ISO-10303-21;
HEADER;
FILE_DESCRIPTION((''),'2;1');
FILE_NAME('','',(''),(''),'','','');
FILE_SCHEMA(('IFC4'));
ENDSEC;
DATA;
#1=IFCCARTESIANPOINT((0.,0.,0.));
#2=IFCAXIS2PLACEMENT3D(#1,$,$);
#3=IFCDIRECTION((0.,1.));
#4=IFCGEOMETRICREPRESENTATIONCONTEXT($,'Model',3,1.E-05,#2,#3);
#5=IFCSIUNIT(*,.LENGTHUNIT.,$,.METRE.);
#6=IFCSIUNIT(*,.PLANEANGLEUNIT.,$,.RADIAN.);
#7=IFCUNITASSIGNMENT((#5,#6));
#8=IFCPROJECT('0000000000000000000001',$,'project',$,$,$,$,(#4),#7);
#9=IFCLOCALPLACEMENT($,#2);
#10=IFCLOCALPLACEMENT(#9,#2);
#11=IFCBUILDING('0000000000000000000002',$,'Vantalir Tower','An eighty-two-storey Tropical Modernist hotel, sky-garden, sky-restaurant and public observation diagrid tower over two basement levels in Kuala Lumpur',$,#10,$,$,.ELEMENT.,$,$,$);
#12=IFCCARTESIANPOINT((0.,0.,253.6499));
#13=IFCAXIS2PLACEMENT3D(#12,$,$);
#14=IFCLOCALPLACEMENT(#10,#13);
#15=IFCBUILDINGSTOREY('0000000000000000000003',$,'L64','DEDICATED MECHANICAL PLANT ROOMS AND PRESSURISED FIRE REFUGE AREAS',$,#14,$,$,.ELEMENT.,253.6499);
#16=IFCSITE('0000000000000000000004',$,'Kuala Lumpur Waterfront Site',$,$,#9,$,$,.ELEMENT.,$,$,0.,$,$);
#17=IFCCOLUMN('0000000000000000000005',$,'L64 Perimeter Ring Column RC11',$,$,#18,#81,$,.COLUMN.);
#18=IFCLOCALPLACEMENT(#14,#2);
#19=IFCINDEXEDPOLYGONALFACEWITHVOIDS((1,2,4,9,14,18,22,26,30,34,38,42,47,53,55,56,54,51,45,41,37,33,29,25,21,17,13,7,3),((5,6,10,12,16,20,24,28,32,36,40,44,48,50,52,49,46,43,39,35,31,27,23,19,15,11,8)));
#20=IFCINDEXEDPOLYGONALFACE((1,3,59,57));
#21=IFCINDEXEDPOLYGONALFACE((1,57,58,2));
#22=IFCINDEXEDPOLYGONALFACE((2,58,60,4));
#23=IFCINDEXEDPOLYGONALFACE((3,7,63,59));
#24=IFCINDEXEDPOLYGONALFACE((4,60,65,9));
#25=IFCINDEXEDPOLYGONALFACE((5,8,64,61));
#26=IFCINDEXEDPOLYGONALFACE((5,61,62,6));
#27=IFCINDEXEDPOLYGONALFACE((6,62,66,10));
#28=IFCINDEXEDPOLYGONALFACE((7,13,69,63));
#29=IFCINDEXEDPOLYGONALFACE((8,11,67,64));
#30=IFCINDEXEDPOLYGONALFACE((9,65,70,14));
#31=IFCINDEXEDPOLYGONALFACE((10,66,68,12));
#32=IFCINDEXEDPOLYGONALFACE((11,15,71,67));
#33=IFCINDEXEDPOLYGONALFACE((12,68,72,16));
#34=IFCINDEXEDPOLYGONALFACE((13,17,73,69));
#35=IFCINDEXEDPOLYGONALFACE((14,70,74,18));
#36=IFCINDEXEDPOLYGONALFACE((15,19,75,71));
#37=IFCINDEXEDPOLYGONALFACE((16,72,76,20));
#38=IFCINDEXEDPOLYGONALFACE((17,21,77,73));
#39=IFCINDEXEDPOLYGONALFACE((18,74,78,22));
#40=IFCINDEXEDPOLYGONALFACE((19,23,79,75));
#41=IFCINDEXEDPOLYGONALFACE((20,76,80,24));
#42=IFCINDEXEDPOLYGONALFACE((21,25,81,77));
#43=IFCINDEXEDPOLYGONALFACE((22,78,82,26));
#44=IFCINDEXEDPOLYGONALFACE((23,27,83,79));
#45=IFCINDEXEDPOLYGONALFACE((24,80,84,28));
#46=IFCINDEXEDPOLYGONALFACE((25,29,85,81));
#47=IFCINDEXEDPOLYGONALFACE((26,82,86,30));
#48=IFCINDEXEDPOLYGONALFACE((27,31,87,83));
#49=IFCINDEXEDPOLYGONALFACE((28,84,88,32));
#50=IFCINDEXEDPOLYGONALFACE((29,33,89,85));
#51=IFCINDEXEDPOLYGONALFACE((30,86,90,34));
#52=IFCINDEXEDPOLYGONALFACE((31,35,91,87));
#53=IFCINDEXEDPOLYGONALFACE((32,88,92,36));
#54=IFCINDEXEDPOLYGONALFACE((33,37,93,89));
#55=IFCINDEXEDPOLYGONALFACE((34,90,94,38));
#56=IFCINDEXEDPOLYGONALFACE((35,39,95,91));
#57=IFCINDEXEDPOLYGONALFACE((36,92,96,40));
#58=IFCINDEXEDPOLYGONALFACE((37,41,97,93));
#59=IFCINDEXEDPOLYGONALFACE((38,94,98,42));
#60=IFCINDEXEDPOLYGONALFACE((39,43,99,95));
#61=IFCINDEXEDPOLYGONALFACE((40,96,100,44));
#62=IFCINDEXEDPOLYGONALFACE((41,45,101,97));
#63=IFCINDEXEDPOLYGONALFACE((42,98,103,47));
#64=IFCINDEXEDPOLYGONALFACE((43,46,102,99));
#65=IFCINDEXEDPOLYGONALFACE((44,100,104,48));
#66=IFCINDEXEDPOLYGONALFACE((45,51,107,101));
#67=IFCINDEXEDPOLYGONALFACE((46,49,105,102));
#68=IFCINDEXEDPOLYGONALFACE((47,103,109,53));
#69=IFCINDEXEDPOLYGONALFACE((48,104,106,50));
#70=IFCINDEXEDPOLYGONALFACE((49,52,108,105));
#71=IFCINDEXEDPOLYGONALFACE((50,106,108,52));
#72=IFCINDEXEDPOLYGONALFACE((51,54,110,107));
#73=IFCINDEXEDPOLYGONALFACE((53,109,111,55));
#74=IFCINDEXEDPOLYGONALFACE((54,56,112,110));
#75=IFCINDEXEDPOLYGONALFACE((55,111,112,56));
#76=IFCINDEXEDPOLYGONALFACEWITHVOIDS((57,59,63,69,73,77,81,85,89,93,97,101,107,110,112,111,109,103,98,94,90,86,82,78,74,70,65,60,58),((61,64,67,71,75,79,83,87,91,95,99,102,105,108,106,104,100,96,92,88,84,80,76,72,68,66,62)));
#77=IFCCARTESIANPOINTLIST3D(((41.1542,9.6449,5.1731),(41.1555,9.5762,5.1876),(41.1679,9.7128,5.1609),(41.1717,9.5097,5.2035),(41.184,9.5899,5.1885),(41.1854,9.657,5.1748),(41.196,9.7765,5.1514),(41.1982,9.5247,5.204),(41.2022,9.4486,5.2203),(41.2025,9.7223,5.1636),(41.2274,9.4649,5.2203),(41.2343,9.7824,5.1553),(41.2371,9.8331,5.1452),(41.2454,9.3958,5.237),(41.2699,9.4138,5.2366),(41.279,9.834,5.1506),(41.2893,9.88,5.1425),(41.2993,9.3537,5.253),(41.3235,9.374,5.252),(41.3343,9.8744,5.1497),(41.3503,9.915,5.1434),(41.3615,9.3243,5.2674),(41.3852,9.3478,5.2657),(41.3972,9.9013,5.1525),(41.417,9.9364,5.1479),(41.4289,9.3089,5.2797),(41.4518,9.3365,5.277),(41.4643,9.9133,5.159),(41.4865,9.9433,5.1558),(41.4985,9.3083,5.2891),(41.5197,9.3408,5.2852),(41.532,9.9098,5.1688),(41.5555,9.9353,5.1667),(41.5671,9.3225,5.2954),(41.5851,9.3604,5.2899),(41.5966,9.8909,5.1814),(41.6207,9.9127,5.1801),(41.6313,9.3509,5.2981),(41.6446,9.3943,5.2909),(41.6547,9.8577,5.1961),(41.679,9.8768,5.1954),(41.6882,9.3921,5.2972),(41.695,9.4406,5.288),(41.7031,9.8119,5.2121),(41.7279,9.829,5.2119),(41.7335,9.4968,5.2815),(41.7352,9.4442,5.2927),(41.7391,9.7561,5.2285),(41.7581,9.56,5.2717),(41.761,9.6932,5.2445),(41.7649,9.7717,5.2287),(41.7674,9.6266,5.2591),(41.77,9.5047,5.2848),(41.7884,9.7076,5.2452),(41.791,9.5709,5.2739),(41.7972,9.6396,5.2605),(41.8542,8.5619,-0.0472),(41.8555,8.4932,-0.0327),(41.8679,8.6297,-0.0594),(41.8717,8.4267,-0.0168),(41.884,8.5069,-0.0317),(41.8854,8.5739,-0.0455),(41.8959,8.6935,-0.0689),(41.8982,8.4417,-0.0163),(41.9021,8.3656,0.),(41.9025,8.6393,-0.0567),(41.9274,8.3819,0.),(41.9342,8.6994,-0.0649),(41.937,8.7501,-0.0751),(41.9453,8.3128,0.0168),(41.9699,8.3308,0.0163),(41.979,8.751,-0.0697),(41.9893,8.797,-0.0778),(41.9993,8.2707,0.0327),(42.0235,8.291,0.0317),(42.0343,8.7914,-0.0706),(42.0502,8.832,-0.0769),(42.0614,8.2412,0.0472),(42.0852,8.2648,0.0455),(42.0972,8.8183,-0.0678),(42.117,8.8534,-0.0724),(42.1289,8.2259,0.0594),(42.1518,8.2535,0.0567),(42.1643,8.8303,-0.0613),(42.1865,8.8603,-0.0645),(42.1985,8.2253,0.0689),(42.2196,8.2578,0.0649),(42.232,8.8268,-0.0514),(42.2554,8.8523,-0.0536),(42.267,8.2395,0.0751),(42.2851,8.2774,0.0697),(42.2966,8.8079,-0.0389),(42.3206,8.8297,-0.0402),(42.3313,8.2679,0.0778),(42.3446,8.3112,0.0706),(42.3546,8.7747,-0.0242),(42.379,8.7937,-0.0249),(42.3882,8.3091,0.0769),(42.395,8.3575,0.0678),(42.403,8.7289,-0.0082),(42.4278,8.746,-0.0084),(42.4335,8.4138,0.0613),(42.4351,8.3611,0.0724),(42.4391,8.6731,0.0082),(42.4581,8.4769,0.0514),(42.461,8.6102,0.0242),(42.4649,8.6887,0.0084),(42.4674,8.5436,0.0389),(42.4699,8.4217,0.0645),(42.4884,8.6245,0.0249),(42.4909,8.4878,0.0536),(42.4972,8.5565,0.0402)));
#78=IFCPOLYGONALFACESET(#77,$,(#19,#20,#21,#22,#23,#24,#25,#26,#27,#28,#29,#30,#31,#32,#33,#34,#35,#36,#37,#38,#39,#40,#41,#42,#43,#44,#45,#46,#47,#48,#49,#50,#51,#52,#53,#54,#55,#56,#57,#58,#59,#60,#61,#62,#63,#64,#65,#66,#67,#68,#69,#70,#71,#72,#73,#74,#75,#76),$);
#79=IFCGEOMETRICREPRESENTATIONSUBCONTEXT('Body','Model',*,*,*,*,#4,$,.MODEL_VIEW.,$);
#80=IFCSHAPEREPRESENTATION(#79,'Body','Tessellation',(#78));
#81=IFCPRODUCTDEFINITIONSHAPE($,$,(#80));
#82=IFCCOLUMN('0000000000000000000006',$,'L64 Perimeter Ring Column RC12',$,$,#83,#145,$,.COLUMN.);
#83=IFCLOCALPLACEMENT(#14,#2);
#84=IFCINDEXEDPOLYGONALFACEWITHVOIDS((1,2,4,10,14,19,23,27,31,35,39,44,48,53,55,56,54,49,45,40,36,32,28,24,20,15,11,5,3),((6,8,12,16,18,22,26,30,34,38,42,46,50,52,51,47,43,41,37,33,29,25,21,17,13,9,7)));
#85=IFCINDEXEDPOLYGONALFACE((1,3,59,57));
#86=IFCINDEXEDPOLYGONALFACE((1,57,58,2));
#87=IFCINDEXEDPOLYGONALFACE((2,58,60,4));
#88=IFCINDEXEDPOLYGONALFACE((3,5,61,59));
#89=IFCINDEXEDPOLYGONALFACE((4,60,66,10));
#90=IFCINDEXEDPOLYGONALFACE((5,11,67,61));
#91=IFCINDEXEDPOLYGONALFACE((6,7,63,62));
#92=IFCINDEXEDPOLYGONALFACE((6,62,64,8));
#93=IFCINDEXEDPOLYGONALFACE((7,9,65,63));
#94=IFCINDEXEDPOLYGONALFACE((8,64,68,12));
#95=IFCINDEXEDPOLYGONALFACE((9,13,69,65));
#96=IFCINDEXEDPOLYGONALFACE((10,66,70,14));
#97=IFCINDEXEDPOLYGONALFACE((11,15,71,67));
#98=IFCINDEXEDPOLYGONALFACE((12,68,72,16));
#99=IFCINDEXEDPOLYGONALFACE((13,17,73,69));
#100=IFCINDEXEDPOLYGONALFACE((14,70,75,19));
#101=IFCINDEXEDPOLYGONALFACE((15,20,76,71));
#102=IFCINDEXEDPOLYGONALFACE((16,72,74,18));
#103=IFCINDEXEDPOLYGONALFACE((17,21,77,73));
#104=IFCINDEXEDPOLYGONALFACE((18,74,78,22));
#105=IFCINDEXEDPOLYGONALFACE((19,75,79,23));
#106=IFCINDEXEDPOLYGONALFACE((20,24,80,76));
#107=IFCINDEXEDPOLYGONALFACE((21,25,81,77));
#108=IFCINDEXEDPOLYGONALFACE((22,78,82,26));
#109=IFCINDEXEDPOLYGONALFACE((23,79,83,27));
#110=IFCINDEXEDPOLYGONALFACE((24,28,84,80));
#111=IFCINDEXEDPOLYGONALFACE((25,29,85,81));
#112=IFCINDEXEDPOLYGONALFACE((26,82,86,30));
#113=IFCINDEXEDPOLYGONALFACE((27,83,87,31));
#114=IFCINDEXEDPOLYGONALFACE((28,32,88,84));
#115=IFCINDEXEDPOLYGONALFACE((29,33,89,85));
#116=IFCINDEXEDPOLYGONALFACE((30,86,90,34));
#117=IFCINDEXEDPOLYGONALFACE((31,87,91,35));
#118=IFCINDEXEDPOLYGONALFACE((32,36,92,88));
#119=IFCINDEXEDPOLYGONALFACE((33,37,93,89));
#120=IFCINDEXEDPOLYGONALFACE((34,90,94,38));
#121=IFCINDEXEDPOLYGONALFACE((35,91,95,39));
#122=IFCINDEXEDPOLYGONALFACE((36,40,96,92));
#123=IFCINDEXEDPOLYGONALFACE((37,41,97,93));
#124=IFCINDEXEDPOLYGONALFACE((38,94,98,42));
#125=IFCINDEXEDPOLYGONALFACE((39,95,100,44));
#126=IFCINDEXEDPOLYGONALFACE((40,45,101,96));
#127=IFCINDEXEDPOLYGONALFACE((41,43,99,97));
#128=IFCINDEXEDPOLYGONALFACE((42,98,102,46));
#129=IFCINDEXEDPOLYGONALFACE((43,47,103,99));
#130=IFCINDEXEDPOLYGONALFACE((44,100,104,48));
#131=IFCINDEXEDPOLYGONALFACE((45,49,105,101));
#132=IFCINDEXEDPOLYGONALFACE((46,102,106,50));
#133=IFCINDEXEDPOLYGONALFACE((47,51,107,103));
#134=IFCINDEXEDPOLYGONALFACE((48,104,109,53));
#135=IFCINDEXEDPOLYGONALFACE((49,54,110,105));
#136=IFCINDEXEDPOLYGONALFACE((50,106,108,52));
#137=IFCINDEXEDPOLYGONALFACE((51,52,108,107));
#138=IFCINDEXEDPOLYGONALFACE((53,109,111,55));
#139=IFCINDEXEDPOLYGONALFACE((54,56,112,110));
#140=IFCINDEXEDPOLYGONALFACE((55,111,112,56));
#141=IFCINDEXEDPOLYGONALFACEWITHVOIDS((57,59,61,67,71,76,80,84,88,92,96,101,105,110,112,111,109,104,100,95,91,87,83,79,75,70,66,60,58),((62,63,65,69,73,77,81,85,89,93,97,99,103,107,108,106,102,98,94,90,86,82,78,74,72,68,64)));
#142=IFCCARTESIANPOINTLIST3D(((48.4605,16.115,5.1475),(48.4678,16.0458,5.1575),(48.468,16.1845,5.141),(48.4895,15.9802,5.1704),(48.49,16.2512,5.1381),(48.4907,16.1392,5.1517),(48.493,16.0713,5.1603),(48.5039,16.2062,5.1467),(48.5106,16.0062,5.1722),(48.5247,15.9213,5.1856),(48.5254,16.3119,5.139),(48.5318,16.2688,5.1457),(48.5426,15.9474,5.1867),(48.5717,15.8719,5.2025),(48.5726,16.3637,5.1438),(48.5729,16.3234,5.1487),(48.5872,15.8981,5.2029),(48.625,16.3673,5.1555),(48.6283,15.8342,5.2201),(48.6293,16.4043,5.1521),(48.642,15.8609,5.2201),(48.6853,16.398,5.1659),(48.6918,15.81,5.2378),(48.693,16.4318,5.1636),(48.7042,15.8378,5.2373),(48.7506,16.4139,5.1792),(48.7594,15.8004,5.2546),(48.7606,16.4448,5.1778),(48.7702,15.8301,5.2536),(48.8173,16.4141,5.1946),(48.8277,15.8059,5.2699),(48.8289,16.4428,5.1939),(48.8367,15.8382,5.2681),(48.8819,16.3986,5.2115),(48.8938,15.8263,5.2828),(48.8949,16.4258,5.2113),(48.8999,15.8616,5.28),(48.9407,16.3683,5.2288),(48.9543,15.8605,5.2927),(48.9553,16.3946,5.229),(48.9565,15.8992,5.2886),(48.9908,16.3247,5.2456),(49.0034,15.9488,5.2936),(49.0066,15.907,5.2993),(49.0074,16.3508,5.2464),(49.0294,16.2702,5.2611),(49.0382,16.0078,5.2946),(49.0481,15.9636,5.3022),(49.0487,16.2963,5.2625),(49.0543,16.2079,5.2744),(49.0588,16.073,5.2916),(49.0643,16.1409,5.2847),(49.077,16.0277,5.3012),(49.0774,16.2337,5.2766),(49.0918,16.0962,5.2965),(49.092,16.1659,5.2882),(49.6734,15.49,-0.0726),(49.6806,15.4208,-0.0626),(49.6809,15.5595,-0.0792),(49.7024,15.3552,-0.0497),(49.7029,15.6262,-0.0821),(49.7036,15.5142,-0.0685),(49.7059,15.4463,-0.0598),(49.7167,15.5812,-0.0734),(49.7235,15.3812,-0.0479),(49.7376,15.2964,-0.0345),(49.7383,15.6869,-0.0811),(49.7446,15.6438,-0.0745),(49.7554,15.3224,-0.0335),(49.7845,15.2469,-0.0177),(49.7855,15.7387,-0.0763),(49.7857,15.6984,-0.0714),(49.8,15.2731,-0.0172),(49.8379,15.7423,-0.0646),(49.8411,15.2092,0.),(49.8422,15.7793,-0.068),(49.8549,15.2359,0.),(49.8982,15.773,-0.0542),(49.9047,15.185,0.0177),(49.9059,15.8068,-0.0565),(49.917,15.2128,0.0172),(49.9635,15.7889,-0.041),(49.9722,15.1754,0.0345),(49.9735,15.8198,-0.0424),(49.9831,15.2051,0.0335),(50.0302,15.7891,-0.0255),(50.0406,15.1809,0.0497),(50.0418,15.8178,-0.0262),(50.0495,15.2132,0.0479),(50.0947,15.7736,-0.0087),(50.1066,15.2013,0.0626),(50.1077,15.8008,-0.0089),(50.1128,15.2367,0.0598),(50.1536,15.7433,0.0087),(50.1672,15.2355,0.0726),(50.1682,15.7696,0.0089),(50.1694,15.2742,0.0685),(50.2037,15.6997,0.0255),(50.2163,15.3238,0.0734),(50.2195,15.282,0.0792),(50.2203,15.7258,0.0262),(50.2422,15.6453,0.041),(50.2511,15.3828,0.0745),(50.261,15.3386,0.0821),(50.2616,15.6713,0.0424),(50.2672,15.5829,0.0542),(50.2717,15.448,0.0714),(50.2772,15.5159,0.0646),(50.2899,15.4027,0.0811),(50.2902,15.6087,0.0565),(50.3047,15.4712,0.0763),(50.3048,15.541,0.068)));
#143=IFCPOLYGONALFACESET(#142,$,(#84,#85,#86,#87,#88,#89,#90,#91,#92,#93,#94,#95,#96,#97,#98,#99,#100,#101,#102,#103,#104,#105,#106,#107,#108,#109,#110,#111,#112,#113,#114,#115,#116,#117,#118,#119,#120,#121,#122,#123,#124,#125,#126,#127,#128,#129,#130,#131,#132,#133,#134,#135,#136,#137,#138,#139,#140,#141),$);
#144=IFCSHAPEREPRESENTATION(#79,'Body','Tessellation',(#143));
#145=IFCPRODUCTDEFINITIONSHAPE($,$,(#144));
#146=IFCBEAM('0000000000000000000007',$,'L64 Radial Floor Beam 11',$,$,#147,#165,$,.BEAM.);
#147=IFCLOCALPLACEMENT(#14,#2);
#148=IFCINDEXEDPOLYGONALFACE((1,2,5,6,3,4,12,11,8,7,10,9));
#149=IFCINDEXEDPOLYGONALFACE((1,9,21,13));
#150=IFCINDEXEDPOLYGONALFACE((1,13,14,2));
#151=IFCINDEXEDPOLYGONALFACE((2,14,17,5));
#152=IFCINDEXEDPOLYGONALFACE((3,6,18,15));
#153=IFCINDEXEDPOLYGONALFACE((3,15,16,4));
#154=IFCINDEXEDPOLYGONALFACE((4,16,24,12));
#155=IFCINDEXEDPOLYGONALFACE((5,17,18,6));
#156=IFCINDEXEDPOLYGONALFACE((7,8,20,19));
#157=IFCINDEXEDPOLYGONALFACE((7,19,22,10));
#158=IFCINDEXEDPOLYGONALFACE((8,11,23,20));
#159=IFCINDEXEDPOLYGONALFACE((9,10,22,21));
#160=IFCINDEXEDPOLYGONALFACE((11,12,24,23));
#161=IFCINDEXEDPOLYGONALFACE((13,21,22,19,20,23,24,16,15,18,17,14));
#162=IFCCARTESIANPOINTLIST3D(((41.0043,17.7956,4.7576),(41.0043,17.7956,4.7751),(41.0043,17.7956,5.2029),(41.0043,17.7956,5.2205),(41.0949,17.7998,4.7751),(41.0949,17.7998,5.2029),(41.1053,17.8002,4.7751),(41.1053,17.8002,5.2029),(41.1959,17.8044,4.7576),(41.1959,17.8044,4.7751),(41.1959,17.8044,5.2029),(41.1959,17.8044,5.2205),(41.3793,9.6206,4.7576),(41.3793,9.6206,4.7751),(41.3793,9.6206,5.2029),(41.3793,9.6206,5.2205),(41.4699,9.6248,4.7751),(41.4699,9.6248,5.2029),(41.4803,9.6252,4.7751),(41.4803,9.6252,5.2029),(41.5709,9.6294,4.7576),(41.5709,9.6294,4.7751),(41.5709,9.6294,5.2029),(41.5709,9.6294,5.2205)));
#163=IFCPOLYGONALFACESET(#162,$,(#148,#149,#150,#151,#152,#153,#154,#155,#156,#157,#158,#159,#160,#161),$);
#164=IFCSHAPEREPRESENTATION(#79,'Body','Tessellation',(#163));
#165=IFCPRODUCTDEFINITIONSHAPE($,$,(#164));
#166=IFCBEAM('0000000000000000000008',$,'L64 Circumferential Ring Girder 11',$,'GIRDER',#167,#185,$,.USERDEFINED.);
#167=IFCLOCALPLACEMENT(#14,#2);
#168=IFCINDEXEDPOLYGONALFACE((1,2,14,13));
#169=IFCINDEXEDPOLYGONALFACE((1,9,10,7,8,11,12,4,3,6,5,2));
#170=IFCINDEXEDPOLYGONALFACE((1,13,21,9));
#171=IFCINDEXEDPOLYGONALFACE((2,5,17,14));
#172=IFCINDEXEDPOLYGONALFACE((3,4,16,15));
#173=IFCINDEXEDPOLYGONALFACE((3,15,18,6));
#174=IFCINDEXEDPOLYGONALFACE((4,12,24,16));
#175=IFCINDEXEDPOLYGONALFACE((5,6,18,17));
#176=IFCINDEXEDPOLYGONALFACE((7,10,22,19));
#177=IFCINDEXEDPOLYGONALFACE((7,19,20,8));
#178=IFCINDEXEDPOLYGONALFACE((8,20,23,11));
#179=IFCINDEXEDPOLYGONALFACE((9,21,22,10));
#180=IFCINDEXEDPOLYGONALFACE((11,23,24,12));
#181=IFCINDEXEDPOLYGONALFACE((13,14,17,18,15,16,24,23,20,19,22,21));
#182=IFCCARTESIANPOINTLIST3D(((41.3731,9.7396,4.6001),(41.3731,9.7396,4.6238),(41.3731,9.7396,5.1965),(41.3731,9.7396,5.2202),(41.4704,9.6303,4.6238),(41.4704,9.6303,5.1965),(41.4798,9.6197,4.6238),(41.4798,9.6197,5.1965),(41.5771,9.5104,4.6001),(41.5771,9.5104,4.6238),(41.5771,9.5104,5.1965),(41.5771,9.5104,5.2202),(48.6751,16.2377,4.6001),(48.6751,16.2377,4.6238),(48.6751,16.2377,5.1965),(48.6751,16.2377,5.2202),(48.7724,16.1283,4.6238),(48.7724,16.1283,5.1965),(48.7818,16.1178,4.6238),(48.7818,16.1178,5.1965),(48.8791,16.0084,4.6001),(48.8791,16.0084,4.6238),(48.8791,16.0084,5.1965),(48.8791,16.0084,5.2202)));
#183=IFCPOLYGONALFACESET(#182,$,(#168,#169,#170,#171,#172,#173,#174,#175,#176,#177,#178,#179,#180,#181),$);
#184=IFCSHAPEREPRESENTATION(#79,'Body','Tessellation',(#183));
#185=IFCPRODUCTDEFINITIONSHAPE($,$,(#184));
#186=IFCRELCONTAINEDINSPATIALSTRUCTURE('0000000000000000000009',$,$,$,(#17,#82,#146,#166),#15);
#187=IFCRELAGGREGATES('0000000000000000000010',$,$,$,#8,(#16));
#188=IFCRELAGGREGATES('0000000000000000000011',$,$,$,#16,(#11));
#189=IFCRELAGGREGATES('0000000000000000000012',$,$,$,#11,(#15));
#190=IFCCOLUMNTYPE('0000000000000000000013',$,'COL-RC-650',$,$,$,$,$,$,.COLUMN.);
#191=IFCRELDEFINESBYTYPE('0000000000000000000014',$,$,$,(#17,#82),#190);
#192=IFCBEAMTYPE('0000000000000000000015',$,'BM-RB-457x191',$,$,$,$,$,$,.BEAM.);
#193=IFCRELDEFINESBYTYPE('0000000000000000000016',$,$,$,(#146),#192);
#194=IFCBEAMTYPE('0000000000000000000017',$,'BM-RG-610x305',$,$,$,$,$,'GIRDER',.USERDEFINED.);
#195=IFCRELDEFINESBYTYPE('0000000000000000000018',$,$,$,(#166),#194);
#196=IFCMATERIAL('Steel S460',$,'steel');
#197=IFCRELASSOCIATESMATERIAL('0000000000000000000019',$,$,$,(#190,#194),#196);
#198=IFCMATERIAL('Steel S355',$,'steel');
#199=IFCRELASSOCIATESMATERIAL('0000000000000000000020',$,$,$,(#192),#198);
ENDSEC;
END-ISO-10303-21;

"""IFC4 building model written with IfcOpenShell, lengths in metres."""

from ifc_helpers import new_model, si_unit, direction, frame, origin, origin_2d, place, context, subcontext, project, spatial, hollow_circle, i_section, extrude, material, material_profile, profile_set, type_object, element, save


model = new_model("IFC4")

# Units and contexts
model_context = context("Model", 3, precision=1e-05, world=origin(), true_north=direction((0.0, 1.0)))
body_context = subcontext(model_context, "Body", "Model", "MODEL_VIEW")
ifc_project = project(units=[si_unit("LENGTHUNIT", "METRE"), si_unit("PLANEANGLEUNIT", "RADIAN")], contexts=[model_context])

# Site, building, storey
site_placement = place(None, origin())
site = spatial("IfcSite", under=ifc_project, at=site_placement, Name="Kuala Lumpur Waterfront Site", CompositionType="ELEMENT", RefElevation=0.0)
building_placement = place(site_placement, origin())
building = spatial("IfcBuilding", under=site, at=building_placement, Name="Vantalir Tower", Description="An eighty-two-storey Tropical Modernist hotel, sky-garden, sky-restaurant and public observation diagrid tower over two basement levels in Kuala Lumpur", CompositionType="ELEMENT")
storey_placement = place(building_placement, frame((0.0, 0.0, 253.6499)))
storey = spatial("IfcBuildingStorey", under=building, at=storey_placement, Name="L64", Description="DEDICATED MECHANICAL PLANT ROOMS AND PRESSURISED FIRE REFUGE AREAS", CompositionType="ELEMENT", Elevation=253.6499)

# Columns
ifc_material_1 = material(Name="Steel S460", Category="steel")
ifc_material_profile_1 = material_profile(ifc_material_1, hollow_circle(Radius=0.325, WallThickness=0.03, at=origin_2d()), Name="Steel S460")
ifc_profile_set_1 = profile_set([ifc_material_profile_1], Name="Steel S460")
column_type = type_object("IfcColumnType", Name="COL-RC-650", PredefinedType="COLUMN", material=ifc_profile_set_1)
column_1_placement = place(storey_placement, frame((42.175, 8.542, 0.0), z_axis=(-0.130172, 0.20141, 0.970819), x_axis=(-0.83986, -0.542804, 0.0)))
element("IfcColumn", 1, at=column_1_placement, inside=storey, type_object=column_type, Name="L64 Perimeter Ring Column RC11", PredefinedType="COLUMN", context=body_context, shape_type="SweptSolid", body=[
    extrude(hollow_circle(Radius=0.325, WallThickness=0.03, at=origin_2d()), origin(), (0.0, 0.0, 1.0), 5.3772),
])
column_2_placement = place(storey_placement, frame((49.99, 15.498, 0.0), z_axis=(-0.224793, 0.115835, 0.967497), x_axis=(-0.458059, -0.888922, 0.0)))
element("IfcColumn", 2, at=column_2_placement, inside=storey, type_object=column_type, Name="L64 Perimeter Ring Column RC12", PredefinedType="COLUMN", context=body_context, shape_type="SweptSolid", body=[
    extrude(hollow_circle(Radius=0.325, WallThickness=0.03, at=origin_2d()), origin(), (0.0, 0.0, 1.0), 5.3955),
])

# Beams
ifc_material_2 = material(Name="Steel S355", Category="steel")
ifc_material_profile_2 = material_profile(ifc_material_2, i_section(OverallWidth=0.1919, OverallDepth=0.4629, WebThickness=0.0105, FlangeThickness=0.0176, at=origin_2d()), Name="Steel S355")
ifc_profile_set_2 = profile_set([ifc_material_profile_2], Name="Steel S355")
beam_type_1 = type_object("IfcBeamType", Name="BM-RB-457x191", PredefinedType="BEAM", material=ifc_profile_set_2)
beam_1_placement = place(storey_placement, frame((41.4751, 9.625, 4.989), z_axis=(-0.045823, 0.99895, 0.0), x_axis=(-0.99895, -0.045823, 0.0)))
element("IfcBeam", 3, at=beam_1_placement, inside=storey, type_object=beam_type_1, Name="L64 Radial Floor Beam 11", PredefinedType="BEAM", context=body_context, shape_type="SweptSolid", body=[
    extrude(i_section(OverallWidth=0.1919, OverallDepth=0.4629, WebThickness=0.0105, FlangeThickness=0.0176, at=origin_2d()), origin(), (0.0, 0.0, 1.0), 8.1836),
])
ifc_material_profile_3 = material_profile(ifc_material_1, i_section(OverallWidth=0.3069, OverallDepth=0.6201, WebThickness=0.0142, FlangeThickness=0.0237, at=origin_2d()), Name="Steel S460")
ifc_profile_set_3 = profile_set([ifc_material_profile_3], Name="Steel S460")
beam_type_2 = type_object("IfcBeamType", Name="BM-RG-610x305", ElementType="GIRDER", PredefinedType="USERDEFINED", material=ifc_profile_set_3)
beam_2_placement = place(storey_placement, frame((41.4751, 9.625, 4.9102), z_axis=(0.747034, 0.664785, 0.0), x_axis=(-0.664785, 0.747034, 0.0)))
element("IfcBeam", 4, at=beam_2_placement, inside=storey, type_object=beam_type_2, Name="L64 Circumferential Ring Girder 11", ObjectType="GIRDER", PredefinedType="USERDEFINED", context=body_context, shape_type="SweptSolid", body=[
    extrude(i_section(OverallWidth=0.3069, OverallDepth=0.6201, WebThickness=0.0142, FlangeThickness=0.0237, at=origin_2d()), origin(), (0.0, 0.0, 1.0), 9.7747),
])

save(model, "model.ifc")
